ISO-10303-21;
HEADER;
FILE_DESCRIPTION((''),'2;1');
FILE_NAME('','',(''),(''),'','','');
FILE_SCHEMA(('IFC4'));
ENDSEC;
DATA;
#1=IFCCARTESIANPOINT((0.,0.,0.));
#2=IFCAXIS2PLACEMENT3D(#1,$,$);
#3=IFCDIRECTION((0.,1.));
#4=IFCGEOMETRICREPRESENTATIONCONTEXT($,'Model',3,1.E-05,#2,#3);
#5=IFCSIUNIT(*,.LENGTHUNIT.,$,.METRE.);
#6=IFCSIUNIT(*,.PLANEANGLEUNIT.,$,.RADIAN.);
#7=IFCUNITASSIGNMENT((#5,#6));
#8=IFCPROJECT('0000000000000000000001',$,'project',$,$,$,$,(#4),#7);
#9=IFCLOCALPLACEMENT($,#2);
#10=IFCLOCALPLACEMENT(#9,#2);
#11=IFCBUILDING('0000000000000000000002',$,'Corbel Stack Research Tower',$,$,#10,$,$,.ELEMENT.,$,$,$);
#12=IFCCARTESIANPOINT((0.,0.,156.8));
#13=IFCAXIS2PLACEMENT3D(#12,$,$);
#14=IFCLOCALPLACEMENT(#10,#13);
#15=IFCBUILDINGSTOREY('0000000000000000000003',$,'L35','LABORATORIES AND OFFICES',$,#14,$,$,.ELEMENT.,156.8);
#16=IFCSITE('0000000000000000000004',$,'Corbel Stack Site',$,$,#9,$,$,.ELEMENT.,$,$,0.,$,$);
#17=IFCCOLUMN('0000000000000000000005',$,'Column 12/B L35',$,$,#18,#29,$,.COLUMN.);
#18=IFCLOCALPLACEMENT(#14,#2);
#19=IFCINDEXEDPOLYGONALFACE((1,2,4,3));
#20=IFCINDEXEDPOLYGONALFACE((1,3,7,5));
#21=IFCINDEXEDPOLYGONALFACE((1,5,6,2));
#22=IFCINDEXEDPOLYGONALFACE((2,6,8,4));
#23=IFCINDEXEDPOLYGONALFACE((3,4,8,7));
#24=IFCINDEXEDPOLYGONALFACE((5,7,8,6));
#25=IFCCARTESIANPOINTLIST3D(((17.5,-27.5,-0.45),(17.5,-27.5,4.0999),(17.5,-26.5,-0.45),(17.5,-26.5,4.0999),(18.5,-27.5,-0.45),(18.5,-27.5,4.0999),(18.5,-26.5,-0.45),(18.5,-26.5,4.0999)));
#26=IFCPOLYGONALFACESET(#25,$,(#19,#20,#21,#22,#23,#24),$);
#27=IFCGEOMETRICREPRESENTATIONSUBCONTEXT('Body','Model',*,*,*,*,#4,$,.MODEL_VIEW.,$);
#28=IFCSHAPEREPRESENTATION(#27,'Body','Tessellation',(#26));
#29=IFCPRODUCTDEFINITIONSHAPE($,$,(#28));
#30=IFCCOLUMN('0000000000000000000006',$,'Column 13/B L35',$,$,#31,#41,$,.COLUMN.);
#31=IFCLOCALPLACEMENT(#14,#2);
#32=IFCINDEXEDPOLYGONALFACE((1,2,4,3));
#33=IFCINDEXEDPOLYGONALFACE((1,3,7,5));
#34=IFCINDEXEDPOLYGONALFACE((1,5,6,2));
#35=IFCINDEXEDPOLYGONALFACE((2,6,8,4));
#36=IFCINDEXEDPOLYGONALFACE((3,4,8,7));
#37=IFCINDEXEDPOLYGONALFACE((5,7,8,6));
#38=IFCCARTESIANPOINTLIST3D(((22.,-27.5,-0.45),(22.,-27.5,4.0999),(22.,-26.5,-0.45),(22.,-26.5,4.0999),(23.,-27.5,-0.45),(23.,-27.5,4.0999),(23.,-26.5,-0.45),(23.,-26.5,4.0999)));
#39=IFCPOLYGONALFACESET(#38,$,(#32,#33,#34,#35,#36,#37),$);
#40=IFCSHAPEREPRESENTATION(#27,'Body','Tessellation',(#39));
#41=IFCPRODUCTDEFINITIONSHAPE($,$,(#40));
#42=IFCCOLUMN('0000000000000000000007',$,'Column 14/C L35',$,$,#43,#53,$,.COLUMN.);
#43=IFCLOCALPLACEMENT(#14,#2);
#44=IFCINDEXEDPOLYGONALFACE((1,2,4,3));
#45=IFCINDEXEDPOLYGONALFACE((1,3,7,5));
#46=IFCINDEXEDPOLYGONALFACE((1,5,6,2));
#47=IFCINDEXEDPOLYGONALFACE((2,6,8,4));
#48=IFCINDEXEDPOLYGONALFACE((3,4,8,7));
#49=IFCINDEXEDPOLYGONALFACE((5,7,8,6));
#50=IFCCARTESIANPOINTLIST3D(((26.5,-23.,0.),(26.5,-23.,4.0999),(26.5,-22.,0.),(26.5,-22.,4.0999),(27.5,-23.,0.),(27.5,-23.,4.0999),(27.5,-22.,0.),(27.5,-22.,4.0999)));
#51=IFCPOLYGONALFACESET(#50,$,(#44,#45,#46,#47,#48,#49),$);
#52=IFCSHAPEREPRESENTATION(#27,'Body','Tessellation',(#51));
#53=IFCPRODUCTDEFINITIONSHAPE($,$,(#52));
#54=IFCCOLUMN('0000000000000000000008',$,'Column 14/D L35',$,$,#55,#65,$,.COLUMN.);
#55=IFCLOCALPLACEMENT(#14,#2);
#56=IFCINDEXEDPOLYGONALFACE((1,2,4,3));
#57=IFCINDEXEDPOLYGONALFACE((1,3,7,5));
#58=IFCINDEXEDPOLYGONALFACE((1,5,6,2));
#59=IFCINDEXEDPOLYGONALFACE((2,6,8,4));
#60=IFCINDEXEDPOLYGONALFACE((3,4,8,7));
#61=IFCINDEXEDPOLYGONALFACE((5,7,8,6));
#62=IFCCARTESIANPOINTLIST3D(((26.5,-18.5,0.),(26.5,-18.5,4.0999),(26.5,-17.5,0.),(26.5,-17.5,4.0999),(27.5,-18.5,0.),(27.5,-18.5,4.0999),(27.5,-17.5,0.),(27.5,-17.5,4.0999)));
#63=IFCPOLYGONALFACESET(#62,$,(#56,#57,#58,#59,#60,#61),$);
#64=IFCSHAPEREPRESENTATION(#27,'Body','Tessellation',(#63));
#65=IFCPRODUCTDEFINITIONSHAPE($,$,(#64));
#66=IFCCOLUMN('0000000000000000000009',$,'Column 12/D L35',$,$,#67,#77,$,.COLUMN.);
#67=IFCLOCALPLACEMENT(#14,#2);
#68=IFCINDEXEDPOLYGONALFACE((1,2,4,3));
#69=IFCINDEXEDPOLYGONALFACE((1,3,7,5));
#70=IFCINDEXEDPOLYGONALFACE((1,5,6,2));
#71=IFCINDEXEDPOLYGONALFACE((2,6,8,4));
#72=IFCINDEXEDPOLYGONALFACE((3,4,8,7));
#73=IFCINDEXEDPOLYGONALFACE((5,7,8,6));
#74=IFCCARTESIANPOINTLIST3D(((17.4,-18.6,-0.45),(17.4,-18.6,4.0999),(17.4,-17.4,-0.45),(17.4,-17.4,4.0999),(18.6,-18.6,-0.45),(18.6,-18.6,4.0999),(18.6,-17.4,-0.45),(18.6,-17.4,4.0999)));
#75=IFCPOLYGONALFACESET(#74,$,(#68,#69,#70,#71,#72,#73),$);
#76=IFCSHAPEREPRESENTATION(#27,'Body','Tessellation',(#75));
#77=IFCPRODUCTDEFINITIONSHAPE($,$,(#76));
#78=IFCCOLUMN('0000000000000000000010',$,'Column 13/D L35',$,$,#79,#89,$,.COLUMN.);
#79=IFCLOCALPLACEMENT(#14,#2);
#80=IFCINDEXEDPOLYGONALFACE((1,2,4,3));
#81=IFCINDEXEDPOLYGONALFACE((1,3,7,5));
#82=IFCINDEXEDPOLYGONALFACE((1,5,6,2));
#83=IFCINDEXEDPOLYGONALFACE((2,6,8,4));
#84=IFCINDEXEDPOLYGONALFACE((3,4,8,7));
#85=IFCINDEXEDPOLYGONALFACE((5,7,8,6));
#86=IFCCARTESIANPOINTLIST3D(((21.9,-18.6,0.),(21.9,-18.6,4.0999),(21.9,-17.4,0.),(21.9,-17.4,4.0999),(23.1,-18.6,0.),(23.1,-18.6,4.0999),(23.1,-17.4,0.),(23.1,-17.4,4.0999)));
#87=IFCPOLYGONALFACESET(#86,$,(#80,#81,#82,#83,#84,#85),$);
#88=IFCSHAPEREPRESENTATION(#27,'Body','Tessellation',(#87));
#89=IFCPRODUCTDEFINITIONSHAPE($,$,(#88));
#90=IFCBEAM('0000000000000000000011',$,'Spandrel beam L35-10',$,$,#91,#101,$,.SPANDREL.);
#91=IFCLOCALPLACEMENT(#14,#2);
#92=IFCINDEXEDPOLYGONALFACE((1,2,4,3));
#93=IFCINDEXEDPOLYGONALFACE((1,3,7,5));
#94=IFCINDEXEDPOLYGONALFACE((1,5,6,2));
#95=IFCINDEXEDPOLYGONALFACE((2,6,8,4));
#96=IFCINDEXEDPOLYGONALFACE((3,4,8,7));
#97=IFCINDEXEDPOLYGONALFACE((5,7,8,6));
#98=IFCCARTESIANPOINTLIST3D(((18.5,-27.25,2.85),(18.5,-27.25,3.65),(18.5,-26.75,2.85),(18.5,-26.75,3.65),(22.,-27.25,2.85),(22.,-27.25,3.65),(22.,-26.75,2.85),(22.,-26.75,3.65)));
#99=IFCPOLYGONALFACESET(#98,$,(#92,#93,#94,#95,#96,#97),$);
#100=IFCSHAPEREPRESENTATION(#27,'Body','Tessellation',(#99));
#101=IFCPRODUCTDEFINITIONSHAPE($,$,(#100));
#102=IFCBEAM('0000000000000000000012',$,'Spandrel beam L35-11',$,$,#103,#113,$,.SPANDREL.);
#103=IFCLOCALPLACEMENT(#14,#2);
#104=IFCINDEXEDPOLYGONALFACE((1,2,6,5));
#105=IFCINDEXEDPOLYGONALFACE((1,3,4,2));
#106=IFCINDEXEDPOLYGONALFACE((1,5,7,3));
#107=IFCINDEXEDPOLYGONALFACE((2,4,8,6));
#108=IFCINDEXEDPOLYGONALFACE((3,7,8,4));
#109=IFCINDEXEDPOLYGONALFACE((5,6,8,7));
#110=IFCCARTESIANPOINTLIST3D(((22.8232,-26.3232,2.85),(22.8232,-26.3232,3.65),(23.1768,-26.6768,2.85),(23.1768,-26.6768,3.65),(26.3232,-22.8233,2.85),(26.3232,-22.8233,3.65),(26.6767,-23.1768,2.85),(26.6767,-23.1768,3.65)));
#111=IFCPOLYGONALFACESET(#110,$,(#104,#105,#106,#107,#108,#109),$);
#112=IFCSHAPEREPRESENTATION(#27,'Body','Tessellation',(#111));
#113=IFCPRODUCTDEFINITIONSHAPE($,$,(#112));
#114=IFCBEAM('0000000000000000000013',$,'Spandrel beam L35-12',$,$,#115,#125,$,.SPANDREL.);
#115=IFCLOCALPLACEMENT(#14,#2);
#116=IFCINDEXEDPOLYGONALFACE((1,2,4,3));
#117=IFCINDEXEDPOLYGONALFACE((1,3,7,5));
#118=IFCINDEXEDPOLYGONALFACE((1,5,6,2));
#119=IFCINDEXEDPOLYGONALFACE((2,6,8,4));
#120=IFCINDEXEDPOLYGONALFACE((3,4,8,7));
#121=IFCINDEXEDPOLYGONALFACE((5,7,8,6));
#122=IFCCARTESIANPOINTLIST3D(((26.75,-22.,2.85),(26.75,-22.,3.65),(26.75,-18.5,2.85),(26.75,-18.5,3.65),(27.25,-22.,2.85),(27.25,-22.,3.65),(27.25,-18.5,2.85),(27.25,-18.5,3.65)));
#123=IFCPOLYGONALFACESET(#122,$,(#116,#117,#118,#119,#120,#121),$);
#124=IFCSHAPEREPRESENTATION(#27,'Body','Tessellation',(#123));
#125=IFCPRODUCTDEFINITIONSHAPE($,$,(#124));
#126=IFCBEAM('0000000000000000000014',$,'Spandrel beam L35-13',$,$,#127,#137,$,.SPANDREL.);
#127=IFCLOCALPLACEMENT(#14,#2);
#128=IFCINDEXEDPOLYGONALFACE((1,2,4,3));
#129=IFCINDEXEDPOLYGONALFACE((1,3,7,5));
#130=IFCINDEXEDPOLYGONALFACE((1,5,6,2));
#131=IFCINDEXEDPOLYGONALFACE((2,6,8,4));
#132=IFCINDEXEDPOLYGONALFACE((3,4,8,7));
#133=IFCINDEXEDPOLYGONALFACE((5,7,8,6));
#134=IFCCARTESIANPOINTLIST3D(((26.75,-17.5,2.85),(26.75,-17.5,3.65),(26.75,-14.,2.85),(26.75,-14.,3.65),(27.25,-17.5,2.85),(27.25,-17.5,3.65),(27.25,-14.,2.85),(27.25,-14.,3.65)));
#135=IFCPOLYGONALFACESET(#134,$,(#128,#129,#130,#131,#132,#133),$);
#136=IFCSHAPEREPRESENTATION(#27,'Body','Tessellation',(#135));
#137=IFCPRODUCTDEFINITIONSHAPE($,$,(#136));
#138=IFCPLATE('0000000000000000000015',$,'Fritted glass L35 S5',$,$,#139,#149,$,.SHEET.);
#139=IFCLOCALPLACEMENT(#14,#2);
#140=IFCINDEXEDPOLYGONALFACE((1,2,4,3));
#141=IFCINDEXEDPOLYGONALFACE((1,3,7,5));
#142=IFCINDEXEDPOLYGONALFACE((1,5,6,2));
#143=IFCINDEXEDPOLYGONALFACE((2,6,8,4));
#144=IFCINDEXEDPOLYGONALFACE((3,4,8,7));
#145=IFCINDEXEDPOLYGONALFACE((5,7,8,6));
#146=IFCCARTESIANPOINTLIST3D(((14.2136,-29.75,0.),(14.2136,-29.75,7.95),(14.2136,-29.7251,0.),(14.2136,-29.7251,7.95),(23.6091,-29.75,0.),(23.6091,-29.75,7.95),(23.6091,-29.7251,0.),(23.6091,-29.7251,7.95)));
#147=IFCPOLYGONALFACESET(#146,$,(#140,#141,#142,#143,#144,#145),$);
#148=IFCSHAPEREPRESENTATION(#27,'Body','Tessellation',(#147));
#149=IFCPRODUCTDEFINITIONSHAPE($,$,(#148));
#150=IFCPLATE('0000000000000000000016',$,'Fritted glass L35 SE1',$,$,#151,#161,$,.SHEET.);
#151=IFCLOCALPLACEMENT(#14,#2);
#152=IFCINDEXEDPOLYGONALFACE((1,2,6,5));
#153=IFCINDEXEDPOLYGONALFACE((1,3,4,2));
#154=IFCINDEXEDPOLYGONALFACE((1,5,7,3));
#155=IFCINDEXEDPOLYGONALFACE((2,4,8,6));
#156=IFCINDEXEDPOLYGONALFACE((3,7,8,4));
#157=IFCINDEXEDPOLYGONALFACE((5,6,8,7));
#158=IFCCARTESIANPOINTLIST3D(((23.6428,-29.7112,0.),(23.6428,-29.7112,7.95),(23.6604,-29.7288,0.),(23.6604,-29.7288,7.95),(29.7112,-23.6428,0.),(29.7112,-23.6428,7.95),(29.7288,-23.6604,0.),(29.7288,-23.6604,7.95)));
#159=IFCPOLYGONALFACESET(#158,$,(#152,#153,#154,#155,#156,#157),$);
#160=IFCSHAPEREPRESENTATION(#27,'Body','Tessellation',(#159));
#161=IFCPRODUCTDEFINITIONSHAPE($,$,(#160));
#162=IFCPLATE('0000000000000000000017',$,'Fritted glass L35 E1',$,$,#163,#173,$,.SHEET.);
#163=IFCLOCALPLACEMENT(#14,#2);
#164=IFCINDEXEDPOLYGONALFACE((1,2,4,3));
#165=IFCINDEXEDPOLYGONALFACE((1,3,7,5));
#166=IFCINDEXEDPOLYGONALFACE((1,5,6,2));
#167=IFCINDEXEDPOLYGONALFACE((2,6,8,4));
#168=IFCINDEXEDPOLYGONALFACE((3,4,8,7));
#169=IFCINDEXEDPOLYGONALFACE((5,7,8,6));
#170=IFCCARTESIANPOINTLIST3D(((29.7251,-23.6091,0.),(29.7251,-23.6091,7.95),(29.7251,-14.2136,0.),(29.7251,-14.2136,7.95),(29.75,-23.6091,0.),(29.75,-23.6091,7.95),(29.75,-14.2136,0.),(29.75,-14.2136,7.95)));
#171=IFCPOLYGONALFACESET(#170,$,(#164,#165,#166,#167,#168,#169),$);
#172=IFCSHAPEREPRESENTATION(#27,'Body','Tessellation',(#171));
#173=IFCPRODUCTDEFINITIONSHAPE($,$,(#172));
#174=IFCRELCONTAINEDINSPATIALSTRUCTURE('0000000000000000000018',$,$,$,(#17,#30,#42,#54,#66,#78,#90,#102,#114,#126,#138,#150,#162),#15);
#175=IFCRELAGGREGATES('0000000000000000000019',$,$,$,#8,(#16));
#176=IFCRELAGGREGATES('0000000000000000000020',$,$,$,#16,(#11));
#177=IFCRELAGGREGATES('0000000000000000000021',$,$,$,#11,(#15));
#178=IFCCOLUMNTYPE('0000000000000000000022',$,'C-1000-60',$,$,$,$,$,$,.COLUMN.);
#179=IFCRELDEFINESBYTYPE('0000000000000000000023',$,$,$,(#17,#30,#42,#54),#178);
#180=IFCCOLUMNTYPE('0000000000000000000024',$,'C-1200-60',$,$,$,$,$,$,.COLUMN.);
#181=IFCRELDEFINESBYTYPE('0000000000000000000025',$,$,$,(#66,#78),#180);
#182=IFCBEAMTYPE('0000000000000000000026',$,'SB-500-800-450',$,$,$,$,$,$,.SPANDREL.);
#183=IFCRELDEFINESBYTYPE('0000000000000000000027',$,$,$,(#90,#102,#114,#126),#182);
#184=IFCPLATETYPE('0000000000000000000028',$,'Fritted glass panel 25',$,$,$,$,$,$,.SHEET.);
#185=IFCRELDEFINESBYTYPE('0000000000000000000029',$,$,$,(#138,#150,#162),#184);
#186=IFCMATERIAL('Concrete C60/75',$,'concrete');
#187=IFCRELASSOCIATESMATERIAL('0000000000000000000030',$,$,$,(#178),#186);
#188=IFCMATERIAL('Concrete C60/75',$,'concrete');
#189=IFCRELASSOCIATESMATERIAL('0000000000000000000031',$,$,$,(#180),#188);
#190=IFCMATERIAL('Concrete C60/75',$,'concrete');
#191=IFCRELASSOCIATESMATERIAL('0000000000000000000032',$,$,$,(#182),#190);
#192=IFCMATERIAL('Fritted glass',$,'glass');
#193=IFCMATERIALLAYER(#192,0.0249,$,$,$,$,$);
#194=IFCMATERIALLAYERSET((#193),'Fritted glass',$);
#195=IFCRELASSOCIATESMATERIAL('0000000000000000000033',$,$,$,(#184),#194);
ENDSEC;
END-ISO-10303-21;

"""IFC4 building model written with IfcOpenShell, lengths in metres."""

from ifc_helpers import new_model, si_unit, direction, frame, origin, origin_2d, place, context, subcontext, project, spatial, rectangle, extrude, material, layer, layer_set, material_profile, profile_set, type_object, element, save


model = new_model("IFC4")

# Units and contexts
model_context = context("Model", 3, precision=1e-05, world=origin(), true_north=direction((0.0, 1.0)))
body_context = subcontext(model_context, "Body", "Model", "MODEL_VIEW")
ifc_project = project(units=[si_unit("LENGTHUNIT", "METRE"), si_unit("PLANEANGLEUNIT", "RADIAN")], contexts=[model_context])

# Site, building, storey
site_placement = place(None, origin())
site = spatial("IfcSite", under=ifc_project, at=site_placement, Name="Corbel Stack Site", CompositionType="ELEMENT", RefElevation=0.0)
building_placement = place(site_placement, origin())
building = spatial("IfcBuilding", under=site, at=building_placement, Name="Corbel Stack Research Tower", CompositionType="ELEMENT")
storey_placement = place(building_placement, frame((0.0, 0.0, 156.8)))
storey = spatial("IfcBuildingStorey", under=building, at=storey_placement, Name="L35", Description="LABORATORIES AND OFFICES", CompositionType="ELEMENT", Elevation=156.8)

# Columns
ifc_material_1 = material(Name="Concrete C60/75", Category="concrete")
ifc_material_profile_1 = material_profile(ifc_material_1, rectangle(XDim=1.0, YDim=1.0, at=origin_2d()), Name="RC 1000 x 1000")
ifc_profile_set_1 = profile_set([ifc_material_profile_1], Name="Concrete C60/75")
column_type_1 = type_object("IfcColumnType", Name="C-1000-60", PredefinedType="COLUMN", material=ifc_profile_set_1)
for number, where, z_axis, x_axis, name in (
    (1, (18.0, -27.0, -0.45), (0.0, 0.0, 1.0), (1.0, 0.0, 0.0), "Column 12/B L35"),
    (2, (22.5, -27.0, -0.45), (0.0, 0.0, 1.0), (1.0, 0.0, 0.0), "Column 13/B L35"),
):
    element("IfcColumn", number, at=place(storey_placement, frame(where, z_axis=z_axis, x_axis=x_axis)), inside=storey, type_object=column_type_1, Name=name, PredefinedType="COLUMN", context=body_context, shape_type="SweptSolid", body=[
        extrude(rectangle(XDim=1.0, YDim=1.0, at=origin_2d()), origin(), (0.0, 0.0, 1.0), 4.5498),
    ])
for number, where, z_axis, x_axis, name in (
    (3, (27.0, -22.5, 0.0), (0.0, 0.0, 1.0), (1.0, 0.0, 0.0), "Column 14/C L35"),
    (4, (27.0, -18.0, 0.0), (0.0, 0.0, 1.0), (1.0, 0.0, 0.0), "Column 14/D L35"),
):
    element("IfcColumn", number, at=place(storey_placement, frame(where, z_axis=z_axis, x_axis=x_axis)), inside=storey, type_object=column_type_1, Name=name, PredefinedType="COLUMN", context=body_context, shape_type="SweptSolid", body=[
        extrude(rectangle(XDim=1.0, YDim=1.0, at=origin_2d()), origin(), (0.0, 0.0, 1.0), 4.0999),
    ])
ifc_material_2 = material(Name="Concrete C60/75", Category="concrete")
ifc_material_profile_2 = material_profile(ifc_material_2, rectangle(XDim=1.2, YDim=1.2, at=origin_2d()), Name="RC 1200 x 1200")
ifc_profile_set_2 = profile_set([ifc_material_profile_2], Name="Concrete C60/75")
column_type_2 = type_object("IfcColumnType", Name="C-1200-60", PredefinedType="COLUMN", material=ifc_profile_set_2)
column_1_placement = place(storey_placement, frame((18.0, -18.0, -0.45), z_axis=(0.0, 0.0, 1.0), x_axis=(1.0, 0.0, 0.0)))
element("IfcColumn", 5, at=column_1_placement, inside=storey, type_object=column_type_2, Name="Column 12/D L35", PredefinedType="COLUMN", context=body_context, shape_type="SweptSolid", body=[
    extrude(rectangle(XDim=1.2, YDim=1.2, at=origin_2d()), origin(), (0.0, 0.0, 1.0), 4.5498),
])
column_2_placement = place(storey_placement, frame((22.5, -18.0, 0.0), z_axis=(0.0, 0.0, 1.0), x_axis=(1.0, 0.0, 0.0)))
element("IfcColumn", 6, at=column_2_placement, inside=storey, type_object=column_type_2, Name="Column 13/D L35", PredefinedType="COLUMN", context=body_context, shape_type="SweptSolid", body=[
    extrude(rectangle(XDim=1.2, YDim=1.2, at=origin_2d()), origin(), (0.0, 0.0, 1.0), 4.0999),
])

# Beams
ifc_material_3 = material(Name="Concrete C60/75", Category="concrete")
ifc_material_profile_3 = material_profile(ifc_material_3, rectangle(XDim=0.5, YDim=0.8, at=origin_2d()), Name="RC 500 x 800")
ifc_profile_set_3 = profile_set([ifc_material_profile_3], Name="Concrete C60/75")
beam_type = type_object("IfcBeamType", Name="SB-500-800-450", PredefinedType="SPANDREL", material=ifc_profile_set_3)
beam_1_placement = place(storey_placement, frame((18.5, -27.0, 3.25), z_axis=(1.0, 0.0, 0.0), x_axis=(0.0, 1.0, 0.0)))
element("IfcBeam", 7, at=beam_1_placement, inside=storey, type_object=beam_type, Name="Spandrel beam L35-10", PredefinedType="SPANDREL", context=body_context, shape_type="SweptSolid", body=[
    extrude(rectangle(XDim=0.5, YDim=0.8, at=origin_2d()), origin(), (0.0, 0.0, 1.0), 3.5),
])
beam_2_placement = place(storey_placement, frame((23.0, -26.5, 3.25), z_axis=(0.707107, 0.707107, 0.0), x_axis=(-0.707107, 0.707107, 0.0)))
element("IfcBeam", 8, at=beam_2_placement, inside=storey, type_object=beam_type, Name="Spandrel beam L35-11", PredefinedType="SPANDREL", context=body_context, shape_type="SweptSolid", body=[
    extrude(rectangle(XDim=0.5, YDim=0.8, at=origin_2d()), origin(), (0.0, 0.0, 1.0), 4.9497),
])
for number, where, z_axis, x_axis, name in (
    (9, (27.0, -22.0, 3.25), (0.0, 1.0, 0.0), (-1.0, 0.0, 0.0), "Spandrel beam L35-12"),
    (10, (27.0, -17.5, 3.25), (0.0, 1.0, 0.0), (-1.0, 0.0, 0.0), "Spandrel beam L35-13"),
):
    element("IfcBeam", number, at=place(storey_placement, frame(where, z_axis=z_axis, x_axis=x_axis)), inside=storey, type_object=beam_type, Name=name, PredefinedType="SPANDREL", context=body_context, shape_type="SweptSolid", body=[
        extrude(rectangle(XDim=0.5, YDim=0.8, at=origin_2d()), origin(), (0.0, 0.0, 1.0), 3.5),
    ])

# Plates
ifc_material_4 = material(Name="Fritted glass", Category="glass")
ifc_layer_1 = layer(ifc_material_4, 0.0249)
ifc_layer_set_1 = layer_set([ifc_layer_1], Name="Fritted glass")
plate_type = type_object("IfcPlateType", Name="Fritted glass panel 25", PredefinedType="SHEET", material=ifc_layer_set_1)
plate_1_placement = place(storey_placement, frame((18.9114, -29.7375, 0.0), z_axis=(0.0, 0.0, 1.0), x_axis=(1.0, 0.0, 0.0)))
element("IfcPlate", 11, at=plate_1_placement, inside=storey, type_object=plate_type, Name="Fritted glass L35 S5", PredefinedType="SHEET", context=body_context, shape_type="SweptSolid", body=[
    extrude(rectangle(XDim=9.3955, YDim=0.0249, at=origin_2d()), origin(), (0.0, 0.0, 1.0), 7.95),
])
plate_2_placement = place(storey_placement, frame((26.6858, -26.6858, 0.0), z_axis=(0.0, 0.0, 1.0), x_axis=(0.707107, 0.707107, 0.0)))
element("IfcPlate", 12, at=plate_2_placement, inside=storey, type_object=plate_type, Name="Fritted glass L35 SE1", PredefinedType="SHEET", context=body_context, shape_type="SweptSolid", body=[
    extrude(rectangle(XDim=8.582, YDim=0.0249, at=origin_2d()), origin(), (0.0, 0.0, 1.0), 7.95),
])
plate_3_placement = place(storey_placement, frame((29.7375, -18.9114, 0.0), z_axis=(0.0, 0.0, 1.0), x_axis=(0.0, 1.0, 0.0)))
element("IfcPlate", 13, at=plate_3_placement, inside=storey, type_object=plate_type, Name="Fritted glass L35 E1", PredefinedType="SHEET", context=body_context, shape_type="SweptSolid", body=[
    extrude(rectangle(XDim=9.3955, YDim=0.0249, at=origin_2d()), origin(), (0.0, 0.0, 1.0), 7.95),
])

save(model, "model.ifc")
